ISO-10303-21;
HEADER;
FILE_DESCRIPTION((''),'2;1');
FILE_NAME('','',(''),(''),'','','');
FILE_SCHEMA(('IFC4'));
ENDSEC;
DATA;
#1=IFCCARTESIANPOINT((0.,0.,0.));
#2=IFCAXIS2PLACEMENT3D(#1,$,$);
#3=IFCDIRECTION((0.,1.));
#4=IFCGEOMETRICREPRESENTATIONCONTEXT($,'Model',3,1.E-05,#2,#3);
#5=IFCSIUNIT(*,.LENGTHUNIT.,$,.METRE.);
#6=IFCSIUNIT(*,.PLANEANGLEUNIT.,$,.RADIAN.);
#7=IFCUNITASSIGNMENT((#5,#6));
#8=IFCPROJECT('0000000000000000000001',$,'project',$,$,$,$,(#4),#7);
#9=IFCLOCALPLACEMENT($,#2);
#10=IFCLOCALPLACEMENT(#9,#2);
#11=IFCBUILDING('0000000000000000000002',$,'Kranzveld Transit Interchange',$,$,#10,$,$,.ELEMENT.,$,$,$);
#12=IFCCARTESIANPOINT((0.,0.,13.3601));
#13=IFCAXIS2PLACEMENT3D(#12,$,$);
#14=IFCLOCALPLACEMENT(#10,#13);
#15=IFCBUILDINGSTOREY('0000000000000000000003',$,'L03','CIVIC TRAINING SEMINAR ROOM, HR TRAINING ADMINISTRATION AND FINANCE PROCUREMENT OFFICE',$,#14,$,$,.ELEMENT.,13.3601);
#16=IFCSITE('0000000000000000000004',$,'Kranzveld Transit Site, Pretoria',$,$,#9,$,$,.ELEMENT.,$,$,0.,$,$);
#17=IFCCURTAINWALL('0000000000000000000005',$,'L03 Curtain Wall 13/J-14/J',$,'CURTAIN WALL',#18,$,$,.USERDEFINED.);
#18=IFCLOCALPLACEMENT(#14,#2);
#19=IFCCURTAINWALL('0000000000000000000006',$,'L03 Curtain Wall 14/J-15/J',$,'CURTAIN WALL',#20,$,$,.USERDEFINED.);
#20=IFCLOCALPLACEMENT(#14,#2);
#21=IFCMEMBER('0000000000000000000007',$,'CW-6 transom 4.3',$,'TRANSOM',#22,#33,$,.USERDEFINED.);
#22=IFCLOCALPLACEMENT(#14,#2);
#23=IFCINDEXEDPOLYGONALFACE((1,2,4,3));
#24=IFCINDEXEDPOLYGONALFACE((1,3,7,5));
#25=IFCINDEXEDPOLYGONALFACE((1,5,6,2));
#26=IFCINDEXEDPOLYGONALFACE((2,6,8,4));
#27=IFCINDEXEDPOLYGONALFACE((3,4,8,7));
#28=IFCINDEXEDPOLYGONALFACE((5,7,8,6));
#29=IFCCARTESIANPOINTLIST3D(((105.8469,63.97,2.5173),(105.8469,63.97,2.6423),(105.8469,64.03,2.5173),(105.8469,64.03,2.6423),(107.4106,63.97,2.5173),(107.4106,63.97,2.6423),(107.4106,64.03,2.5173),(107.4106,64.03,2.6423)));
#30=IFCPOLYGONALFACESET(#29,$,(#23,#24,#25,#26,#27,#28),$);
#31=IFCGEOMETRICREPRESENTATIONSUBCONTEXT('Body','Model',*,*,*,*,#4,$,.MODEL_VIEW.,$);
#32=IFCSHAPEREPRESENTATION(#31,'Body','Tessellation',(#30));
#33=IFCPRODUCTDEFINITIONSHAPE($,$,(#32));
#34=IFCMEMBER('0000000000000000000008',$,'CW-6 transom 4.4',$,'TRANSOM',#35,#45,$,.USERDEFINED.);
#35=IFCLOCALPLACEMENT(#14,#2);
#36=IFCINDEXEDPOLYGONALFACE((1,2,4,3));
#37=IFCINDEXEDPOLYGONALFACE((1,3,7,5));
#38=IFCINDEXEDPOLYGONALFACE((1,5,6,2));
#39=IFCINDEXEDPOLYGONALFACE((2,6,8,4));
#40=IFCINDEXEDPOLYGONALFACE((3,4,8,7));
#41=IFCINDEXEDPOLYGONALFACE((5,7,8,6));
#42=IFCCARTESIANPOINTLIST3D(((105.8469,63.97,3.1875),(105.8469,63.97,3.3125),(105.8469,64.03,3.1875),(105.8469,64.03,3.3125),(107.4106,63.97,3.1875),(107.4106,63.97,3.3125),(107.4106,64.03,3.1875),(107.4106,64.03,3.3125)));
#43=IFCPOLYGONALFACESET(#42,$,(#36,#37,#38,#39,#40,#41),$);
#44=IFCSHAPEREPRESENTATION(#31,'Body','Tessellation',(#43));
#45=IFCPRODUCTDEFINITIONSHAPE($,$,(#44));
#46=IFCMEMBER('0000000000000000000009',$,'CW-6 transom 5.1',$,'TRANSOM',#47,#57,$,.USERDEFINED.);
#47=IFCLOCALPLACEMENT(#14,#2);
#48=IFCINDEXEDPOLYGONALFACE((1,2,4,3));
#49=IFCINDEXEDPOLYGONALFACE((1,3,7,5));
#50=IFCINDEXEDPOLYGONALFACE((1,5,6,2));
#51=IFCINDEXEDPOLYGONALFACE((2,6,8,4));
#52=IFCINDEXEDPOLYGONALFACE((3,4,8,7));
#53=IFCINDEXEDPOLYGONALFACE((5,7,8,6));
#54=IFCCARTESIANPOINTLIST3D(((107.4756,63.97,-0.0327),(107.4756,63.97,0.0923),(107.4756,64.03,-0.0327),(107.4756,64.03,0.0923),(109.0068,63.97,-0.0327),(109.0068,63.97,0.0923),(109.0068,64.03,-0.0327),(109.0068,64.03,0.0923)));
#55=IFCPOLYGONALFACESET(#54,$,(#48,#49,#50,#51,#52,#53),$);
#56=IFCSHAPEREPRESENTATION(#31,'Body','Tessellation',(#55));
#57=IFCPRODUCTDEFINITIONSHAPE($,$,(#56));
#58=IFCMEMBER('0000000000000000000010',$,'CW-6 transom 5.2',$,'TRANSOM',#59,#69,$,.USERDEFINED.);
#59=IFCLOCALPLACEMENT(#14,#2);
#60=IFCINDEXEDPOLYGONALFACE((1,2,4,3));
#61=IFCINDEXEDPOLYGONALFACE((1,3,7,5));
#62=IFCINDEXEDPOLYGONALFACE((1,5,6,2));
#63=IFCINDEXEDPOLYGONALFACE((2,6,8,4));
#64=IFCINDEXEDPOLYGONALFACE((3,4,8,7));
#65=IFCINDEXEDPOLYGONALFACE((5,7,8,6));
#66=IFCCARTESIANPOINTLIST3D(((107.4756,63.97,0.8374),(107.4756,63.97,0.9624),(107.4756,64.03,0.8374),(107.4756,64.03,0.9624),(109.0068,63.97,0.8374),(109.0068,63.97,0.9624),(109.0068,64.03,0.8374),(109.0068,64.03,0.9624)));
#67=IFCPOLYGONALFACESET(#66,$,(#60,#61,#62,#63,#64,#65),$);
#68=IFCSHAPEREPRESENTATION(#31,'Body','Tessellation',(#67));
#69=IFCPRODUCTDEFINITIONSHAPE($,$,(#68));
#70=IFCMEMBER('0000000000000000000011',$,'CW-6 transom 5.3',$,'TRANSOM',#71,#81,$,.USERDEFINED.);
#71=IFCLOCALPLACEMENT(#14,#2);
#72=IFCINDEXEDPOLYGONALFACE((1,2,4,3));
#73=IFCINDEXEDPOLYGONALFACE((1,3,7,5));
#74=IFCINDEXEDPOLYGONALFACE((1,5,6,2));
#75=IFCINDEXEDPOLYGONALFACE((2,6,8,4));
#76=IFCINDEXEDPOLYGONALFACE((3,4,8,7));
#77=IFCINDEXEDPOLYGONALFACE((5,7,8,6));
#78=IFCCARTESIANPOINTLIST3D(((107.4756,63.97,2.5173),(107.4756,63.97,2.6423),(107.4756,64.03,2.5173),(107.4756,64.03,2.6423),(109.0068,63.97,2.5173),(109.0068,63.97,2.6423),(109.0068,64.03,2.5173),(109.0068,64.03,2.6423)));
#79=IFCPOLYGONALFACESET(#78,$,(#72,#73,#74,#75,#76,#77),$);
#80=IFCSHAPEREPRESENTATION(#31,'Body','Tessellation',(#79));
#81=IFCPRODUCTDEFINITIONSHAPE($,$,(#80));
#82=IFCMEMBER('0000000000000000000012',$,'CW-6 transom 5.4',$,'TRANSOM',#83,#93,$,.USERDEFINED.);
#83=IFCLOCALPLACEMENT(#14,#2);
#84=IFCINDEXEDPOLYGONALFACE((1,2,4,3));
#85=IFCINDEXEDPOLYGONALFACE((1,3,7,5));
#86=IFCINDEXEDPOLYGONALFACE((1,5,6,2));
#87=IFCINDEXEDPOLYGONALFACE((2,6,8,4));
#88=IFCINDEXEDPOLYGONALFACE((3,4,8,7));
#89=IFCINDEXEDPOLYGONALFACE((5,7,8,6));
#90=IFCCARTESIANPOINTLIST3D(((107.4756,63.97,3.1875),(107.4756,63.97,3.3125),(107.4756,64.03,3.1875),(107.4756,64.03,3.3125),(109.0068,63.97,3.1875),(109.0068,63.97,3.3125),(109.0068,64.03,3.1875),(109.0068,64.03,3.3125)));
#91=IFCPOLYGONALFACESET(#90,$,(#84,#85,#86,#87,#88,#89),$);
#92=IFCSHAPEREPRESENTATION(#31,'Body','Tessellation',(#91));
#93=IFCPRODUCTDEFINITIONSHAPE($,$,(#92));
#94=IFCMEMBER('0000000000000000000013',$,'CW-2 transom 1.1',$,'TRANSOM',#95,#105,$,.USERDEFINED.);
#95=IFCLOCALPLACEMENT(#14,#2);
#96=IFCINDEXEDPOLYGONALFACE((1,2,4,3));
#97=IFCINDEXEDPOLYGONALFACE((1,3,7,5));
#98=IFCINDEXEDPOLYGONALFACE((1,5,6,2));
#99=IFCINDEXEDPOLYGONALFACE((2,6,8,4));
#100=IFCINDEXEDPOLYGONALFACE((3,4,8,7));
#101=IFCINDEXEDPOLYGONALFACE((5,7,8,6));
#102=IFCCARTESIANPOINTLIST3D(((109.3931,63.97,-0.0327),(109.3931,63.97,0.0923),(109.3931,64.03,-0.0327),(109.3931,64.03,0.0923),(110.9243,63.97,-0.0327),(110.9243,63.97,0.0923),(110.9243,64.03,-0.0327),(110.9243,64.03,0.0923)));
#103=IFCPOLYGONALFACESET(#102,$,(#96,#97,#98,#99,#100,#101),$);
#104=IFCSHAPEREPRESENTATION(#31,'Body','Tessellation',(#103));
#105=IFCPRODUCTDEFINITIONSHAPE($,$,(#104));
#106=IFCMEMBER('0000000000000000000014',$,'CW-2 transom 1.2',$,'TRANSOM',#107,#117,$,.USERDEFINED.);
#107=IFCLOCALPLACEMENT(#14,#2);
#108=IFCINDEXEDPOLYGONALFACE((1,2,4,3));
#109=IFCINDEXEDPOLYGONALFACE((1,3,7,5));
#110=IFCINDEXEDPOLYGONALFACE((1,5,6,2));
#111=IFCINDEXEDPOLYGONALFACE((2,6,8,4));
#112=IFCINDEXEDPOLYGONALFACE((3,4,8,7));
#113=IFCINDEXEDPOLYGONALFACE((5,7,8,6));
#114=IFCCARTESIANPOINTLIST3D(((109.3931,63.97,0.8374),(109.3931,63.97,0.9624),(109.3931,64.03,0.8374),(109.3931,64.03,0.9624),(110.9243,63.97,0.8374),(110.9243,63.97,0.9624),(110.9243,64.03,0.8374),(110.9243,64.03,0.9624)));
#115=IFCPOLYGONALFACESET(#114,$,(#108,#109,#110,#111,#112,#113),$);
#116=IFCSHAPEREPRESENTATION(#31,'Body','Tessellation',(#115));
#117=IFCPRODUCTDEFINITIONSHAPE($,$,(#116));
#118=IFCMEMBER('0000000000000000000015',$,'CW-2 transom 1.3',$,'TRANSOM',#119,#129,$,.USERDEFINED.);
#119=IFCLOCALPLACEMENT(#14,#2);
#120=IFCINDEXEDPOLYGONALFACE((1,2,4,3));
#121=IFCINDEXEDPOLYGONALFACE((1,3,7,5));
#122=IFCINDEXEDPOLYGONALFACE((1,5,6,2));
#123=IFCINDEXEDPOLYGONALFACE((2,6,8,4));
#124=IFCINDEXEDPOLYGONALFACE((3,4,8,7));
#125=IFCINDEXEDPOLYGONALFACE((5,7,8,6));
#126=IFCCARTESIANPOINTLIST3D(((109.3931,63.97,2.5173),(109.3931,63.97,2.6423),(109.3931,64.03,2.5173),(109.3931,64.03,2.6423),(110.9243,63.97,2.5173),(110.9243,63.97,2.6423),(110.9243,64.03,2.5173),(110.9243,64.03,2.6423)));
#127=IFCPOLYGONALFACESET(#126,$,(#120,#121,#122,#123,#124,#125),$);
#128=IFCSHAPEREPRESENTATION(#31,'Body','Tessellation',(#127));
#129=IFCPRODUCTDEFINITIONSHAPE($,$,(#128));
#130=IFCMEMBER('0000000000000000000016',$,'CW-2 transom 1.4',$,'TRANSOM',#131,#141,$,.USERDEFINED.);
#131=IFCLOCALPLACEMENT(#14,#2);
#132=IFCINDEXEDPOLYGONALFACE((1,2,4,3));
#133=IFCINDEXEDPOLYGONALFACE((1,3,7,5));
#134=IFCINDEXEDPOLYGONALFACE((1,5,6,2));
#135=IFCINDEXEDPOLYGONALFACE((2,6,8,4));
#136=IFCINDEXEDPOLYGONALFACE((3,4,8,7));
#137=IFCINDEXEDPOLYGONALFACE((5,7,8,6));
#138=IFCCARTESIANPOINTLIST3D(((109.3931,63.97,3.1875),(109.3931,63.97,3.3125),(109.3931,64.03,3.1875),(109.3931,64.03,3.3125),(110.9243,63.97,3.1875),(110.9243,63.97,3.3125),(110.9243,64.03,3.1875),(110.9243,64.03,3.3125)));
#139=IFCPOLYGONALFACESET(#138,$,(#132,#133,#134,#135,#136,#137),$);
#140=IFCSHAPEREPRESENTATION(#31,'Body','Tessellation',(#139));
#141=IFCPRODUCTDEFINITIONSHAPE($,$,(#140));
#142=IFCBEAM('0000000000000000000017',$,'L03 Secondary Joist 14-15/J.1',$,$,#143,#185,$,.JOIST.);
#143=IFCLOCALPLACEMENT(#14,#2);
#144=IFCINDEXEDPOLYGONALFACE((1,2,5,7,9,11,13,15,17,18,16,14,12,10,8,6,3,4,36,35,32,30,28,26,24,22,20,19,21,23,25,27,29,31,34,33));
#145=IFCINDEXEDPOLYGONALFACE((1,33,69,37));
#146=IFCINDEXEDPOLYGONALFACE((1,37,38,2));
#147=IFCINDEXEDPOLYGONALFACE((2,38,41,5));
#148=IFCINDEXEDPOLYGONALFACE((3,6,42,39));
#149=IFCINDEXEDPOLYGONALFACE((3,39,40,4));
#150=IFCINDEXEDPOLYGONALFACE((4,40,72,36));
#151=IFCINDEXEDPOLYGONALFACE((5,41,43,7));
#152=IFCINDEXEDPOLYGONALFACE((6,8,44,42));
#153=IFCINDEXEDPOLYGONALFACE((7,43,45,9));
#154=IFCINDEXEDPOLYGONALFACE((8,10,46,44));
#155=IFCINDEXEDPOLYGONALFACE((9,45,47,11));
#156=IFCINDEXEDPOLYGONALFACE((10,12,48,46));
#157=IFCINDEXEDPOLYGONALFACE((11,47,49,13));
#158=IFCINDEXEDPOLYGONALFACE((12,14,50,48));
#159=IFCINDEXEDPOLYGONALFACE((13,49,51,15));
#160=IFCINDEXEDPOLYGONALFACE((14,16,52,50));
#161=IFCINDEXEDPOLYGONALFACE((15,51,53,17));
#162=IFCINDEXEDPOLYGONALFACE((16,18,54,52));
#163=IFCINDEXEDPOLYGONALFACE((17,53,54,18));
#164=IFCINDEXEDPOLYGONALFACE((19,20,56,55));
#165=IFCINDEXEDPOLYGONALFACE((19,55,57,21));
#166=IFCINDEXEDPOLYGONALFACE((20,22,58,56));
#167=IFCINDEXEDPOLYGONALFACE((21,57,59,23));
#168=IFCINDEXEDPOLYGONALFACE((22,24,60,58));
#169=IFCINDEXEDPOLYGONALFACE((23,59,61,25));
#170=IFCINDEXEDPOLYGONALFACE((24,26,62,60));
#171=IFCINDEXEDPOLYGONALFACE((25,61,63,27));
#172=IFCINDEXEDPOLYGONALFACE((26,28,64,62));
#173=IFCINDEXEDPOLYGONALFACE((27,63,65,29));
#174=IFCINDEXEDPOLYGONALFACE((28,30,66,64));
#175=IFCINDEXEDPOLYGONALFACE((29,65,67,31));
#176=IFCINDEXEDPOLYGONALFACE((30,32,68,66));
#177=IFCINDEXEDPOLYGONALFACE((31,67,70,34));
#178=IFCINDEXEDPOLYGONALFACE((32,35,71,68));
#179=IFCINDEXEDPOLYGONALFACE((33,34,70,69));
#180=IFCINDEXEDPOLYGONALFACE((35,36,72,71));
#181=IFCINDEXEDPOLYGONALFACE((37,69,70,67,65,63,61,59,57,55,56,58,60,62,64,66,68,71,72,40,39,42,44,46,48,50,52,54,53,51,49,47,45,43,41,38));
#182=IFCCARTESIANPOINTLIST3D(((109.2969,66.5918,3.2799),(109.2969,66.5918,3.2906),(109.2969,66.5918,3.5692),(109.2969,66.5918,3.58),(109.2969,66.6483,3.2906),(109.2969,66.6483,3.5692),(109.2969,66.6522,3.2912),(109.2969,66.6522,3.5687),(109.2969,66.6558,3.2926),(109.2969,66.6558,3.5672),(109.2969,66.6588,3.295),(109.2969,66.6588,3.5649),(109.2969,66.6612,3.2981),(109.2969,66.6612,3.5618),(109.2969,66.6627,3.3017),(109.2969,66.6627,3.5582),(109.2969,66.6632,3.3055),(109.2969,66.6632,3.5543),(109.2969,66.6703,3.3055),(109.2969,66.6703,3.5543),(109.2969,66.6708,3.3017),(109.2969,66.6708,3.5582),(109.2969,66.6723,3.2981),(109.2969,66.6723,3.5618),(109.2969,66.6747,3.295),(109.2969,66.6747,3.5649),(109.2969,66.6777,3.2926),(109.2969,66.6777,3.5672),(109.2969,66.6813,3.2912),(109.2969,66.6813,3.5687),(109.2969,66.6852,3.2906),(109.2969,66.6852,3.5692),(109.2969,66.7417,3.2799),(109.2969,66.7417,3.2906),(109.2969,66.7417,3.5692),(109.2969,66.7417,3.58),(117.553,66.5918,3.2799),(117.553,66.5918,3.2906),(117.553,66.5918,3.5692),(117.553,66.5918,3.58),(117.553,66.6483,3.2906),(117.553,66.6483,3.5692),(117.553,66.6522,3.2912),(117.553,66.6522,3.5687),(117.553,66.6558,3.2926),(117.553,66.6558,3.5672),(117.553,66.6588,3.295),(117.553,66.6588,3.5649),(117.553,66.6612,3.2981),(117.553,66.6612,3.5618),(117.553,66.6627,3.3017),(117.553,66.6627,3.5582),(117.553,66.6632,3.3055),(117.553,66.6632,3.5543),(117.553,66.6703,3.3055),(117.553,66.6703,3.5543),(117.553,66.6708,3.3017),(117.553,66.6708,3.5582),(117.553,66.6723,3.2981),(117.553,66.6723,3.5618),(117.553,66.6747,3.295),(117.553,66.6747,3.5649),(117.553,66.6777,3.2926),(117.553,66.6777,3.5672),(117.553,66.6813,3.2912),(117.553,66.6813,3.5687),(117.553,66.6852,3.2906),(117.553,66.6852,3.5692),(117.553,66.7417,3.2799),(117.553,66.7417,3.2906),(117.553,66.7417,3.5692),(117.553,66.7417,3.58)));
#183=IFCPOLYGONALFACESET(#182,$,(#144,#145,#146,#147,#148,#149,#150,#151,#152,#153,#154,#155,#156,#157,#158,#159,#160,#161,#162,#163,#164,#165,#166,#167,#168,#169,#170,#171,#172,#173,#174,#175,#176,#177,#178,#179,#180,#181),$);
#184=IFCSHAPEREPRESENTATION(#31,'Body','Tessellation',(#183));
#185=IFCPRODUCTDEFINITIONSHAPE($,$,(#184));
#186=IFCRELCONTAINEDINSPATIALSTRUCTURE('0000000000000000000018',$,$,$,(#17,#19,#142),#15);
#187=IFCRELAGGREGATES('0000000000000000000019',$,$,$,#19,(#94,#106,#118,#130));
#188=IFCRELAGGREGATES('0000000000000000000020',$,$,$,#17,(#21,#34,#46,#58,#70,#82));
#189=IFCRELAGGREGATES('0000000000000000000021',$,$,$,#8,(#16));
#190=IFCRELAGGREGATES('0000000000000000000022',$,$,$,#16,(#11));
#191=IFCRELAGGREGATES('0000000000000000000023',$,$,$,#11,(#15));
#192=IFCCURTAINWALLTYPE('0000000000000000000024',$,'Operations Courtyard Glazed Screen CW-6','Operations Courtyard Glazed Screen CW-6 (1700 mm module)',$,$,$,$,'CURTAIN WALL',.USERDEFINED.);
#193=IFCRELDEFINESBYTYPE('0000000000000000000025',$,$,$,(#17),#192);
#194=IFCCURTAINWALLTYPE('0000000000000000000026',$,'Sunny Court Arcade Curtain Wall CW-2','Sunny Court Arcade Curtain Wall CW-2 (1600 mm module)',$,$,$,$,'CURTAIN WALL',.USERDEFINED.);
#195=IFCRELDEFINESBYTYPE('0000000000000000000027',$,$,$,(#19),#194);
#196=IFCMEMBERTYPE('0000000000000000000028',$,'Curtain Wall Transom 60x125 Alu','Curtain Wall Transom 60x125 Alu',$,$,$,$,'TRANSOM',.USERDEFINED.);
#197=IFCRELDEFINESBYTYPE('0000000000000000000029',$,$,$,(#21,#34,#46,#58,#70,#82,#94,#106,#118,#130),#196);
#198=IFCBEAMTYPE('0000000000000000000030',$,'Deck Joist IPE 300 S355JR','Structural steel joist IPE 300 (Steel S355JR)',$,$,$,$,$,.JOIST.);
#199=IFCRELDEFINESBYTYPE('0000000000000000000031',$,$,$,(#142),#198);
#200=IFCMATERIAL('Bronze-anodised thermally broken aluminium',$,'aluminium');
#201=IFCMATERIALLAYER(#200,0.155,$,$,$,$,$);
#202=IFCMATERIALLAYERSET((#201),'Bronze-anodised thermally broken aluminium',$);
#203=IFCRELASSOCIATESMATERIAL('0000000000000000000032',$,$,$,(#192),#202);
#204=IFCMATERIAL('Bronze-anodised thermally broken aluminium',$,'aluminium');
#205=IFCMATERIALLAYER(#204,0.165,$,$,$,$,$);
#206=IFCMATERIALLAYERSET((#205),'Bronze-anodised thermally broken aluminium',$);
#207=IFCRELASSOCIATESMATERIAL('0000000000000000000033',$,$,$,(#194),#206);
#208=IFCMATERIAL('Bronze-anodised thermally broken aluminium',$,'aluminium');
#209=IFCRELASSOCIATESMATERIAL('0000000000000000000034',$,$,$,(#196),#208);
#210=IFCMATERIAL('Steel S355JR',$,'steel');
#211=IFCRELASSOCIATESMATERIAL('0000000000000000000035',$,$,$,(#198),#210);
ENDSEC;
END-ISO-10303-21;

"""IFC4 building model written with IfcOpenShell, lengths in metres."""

from ifc_helpers import new_model, si_unit, direction, frame, origin, origin_2d, place, context, subcontext, project, spatial, rectangle, i_section, extrude, material, layer, layer_set, material_profile, profile_set, type_object, element, aggregate, save


model = new_model("IFC4")

# Units and contexts
model_context = context("Model", 3, precision=1e-05, world=origin(), true_north=direction((0.0, 1.0)))
body_context = subcontext(model_context, "Body", "Model", "MODEL_VIEW")
ifc_project = project(units=[si_unit("LENGTHUNIT", "METRE"), si_unit("PLANEANGLEUNIT", "RADIAN")], contexts=[model_context])

# Site, building, storey
site_placement = place(None, origin())
site = spatial("IfcSite", under=ifc_project, at=site_placement, Name="Kranzveld Transit Site, Pretoria", CompositionType="ELEMENT", RefElevation=0.0)
building_placement = place(site_placement, origin())
building = spatial("IfcBuilding", under=site, at=building_placement, Name="Kranzveld Transit Interchange", CompositionType="ELEMENT")
storey_placement = place(building_placement, frame((0.0, 0.0, 13.3601)))
storey = spatial("IfcBuildingStorey", under=building, at=storey_placement, Name="L03", Description="CIVIC TRAINING SEMINAR ROOM, HR TRAINING ADMINISTRATION AND FINANCE PROCUREMENT OFFICE", CompositionType="ELEMENT", Elevation=13.3601)

# Curtain wall
ifc_material_1 = material(Name="Bronze-anodised thermally broken aluminium", Category="aluminium")
ifc_layer_1 = layer(ifc_material_1, 0.155)
ifc_layer_set_1 = layer_set([ifc_layer_1], Name="Bronze-anodised thermally broken aluminium")
curtain_wall_type_1 = type_object("IfcCurtainWallType", Name="Operations Courtyard Glazed Screen CW-6", Description="Operations Courtyard Glazed Screen CW-6 (1700 mm module)", ElementType="CURTAIN WALL", PredefinedType="USERDEFINED", material=ifc_layer_set_1)
curtain_wall_1_placement = place(storey_placement, origin())
curtain_wall_1 = element("IfcCurtainWall", 1, at=curtain_wall_1_placement, inside=storey, type_object=curtain_wall_type_1, Name="L03 Curtain Wall 13/J-14/J", ObjectType="CURTAIN WALL", PredefinedType="USERDEFINED")

# Curtain wall
ifc_material_2 = material(Name="Bronze-anodised thermally broken aluminium", Category="aluminium")
ifc_layer_2 = layer(ifc_material_2, 0.165)
ifc_layer_set_2 = layer_set([ifc_layer_2], Name="Bronze-anodised thermally broken aluminium")
curtain_wall_type_2 = type_object("IfcCurtainWallType", Name="Sunny Court Arcade Curtain Wall CW-2", Description="Sunny Court Arcade Curtain Wall CW-2 (1600 mm module)", ElementType="CURTAIN WALL", PredefinedType="USERDEFINED", material=ifc_layer_set_2)
curtain_wall_2_placement = place(storey_placement, origin())
curtain_wall_2 = element("IfcCurtainWall", 2, at=curtain_wall_2_placement, inside=storey, type_object=curtain_wall_type_2, Name="L03 Curtain Wall 14/J-15/J", ObjectType="CURTAIN WALL", PredefinedType="USERDEFINED")

# Members
ifc_material_3 = material(Name="Bronze-anodised thermally broken aluminium", Category="aluminium")
ifc_material_profile_1 = material_profile(ifc_material_3, rectangle(XDim=0.0601, YDim=0.125, at=origin_2d()), Name="ALU TRANSOM 60x125")
ifc_profile_set_1 = profile_set([ifc_material_profile_1], Name="Bronze-anodised thermally broken aluminium")
member_type_1 = type_object("IfcMemberType", Name="Curtain Wall Transom 60x125 Alu", Description="Curtain Wall Transom 60x125 Alu", ElementType="TRANSOM", PredefinedType="USERDEFINED", material=ifc_profile_set_1)
member_1_placement = place(storey_placement, frame((105.8469, 64.0, 2.5798), z_axis=(1.0, 0.0, 0.0), x_axis=(0.0, 1.0, 0.0)))
member_1 = element("IfcMember", 3, at=member_1_placement, type_object=member_type_1, Name="CW-6 transom 4.3", ObjectType="TRANSOM", PredefinedType="USERDEFINED", context=body_context, shape_type="SweptSolid", body=[
    extrude(rectangle(XDim=0.0601, YDim=0.125, at=origin_2d()), origin(), (0.0, 0.0, 1.0), 1.5637),
])
member_2_placement = place(storey_placement, frame((105.8469, 64.0, 3.25), z_axis=(1.0, 0.0, 0.0), x_axis=(0.0, 1.0, 0.0)))
member_2 = element("IfcMember", 4, at=member_2_placement, type_object=member_type_1, Name="CW-6 transom 4.4", ObjectType="TRANSOM", PredefinedType="USERDEFINED", context=body_context, shape_type="SweptSolid", body=[
    extrude(rectangle(XDim=0.0601, YDim=0.125, at=origin_2d()), origin(), (0.0, 0.0, 1.0), 1.5637),
])
member_3_placement = place(storey_placement, frame((107.4756, 64.0, 0.0298), z_axis=(1.0, 0.0, 0.0), x_axis=(0.0, 1.0, 0.0)))
member_3 = element("IfcMember", 5, at=member_3_placement, type_object=member_type_1, Name="CW-6 transom 5.1", ObjectType="TRANSOM", PredefinedType="USERDEFINED", context=body_context, shape_type="SweptSolid", body=[
    extrude(rectangle(XDim=0.0601, YDim=0.125, at=origin_2d()), origin(), (0.0, 0.0, 1.0), 1.5312),
])
member_4_placement = place(storey_placement, frame((107.4756, 64.0, 0.8999), z_axis=(1.0, 0.0, 0.0), x_axis=(0.0, 1.0, 0.0)))
member_4 = element("IfcMember", 6, at=member_4_placement, type_object=member_type_1, Name="CW-6 transom 5.2", ObjectType="TRANSOM", PredefinedType="USERDEFINED", context=body_context, shape_type="SweptSolid", body=[
    extrude(rectangle(XDim=0.0601, YDim=0.125, at=origin_2d()), origin(), (0.0, 0.0, 1.0), 1.5312),
])
member_5_placement = place(storey_placement, frame((107.4756, 64.0, 2.5798), z_axis=(1.0, 0.0, 0.0), x_axis=(0.0, 1.0, 0.0)))
member_5 = element("IfcMember", 7, at=member_5_placement, type_object=member_type_1, Name="CW-6 transom 5.3", ObjectType="TRANSOM", PredefinedType="USERDEFINED", context=body_context, shape_type="SweptSolid", body=[
    extrude(rectangle(XDim=0.0601, YDim=0.125, at=origin_2d()), origin(), (0.0, 0.0, 1.0), 1.5312),
])
member_6_placement = place(storey_placement, frame((107.4756, 64.0, 3.25), z_axis=(1.0, 0.0, 0.0), x_axis=(0.0, 1.0, 0.0)))
member_6 = element("IfcMember", 8, at=member_6_placement, type_object=member_type_1, Name="CW-6 transom 5.4", ObjectType="TRANSOM", PredefinedType="USERDEFINED", context=body_context, shape_type="SweptSolid", body=[
    extrude(rectangle(XDim=0.0601, YDim=0.125, at=origin_2d()), origin(), (0.0, 0.0, 1.0), 1.5312),
])
member_7_placement = place(storey_placement, frame((109.3931, 64.0, 0.0298), z_axis=(1.0, 0.0, 0.0), x_axis=(0.0, 1.0, 0.0)))
member_7 = element("IfcMember", 9, at=member_7_placement, type_object=member_type_1, Name="CW-2 transom 1.1", ObjectType="TRANSOM", PredefinedType="USERDEFINED", context=body_context, shape_type="SweptSolid", body=[
    extrude(rectangle(XDim=0.0601, YDim=0.125, at=origin_2d()), origin(), (0.0, 0.0, 1.0), 1.5312),
])
member_8_placement = place(storey_placement, frame((109.3931, 64.0, 0.8999), z_axis=(1.0, 0.0, 0.0), x_axis=(0.0, 1.0, 0.0)))
member_8 = element("IfcMember", 10, at=member_8_placement, type_object=member_type_1, Name="CW-2 transom 1.2", ObjectType="TRANSOM", PredefinedType="USERDEFINED", context=body_context, shape_type="SweptSolid", body=[
    extrude(rectangle(XDim=0.0601, YDim=0.125, at=origin_2d()), origin(), (0.0, 0.0, 1.0), 1.5312),
])
member_9_placement = place(storey_placement, frame((109.3931, 64.0, 2.5798), z_axis=(1.0, 0.0, 0.0), x_axis=(0.0, 1.0, 0.0)))
member_9 = element("IfcMember", 11, at=member_9_placement, type_object=member_type_1, Name="CW-2 transom 1.3", ObjectType="TRANSOM", PredefinedType="USERDEFINED", context=body_context, shape_type="SweptSolid", body=[
    extrude(rectangle(XDim=0.0601, YDim=0.125, at=origin_2d()), origin(), (0.0, 0.0, 1.0), 1.5312),
])
member_10_placement = place(storey_placement, frame((109.3931, 64.0, 3.25), z_axis=(1.0, 0.0, 0.0), x_axis=(0.0, 1.0, 0.0)))
member_10 = element("IfcMember", 12, at=member_10_placement, type_object=member_type_1, Name="CW-2 transom 1.4", ObjectType="TRANSOM", PredefinedType="USERDEFINED", context=body_context, shape_type="SweptSolid", body=[
    extrude(rectangle(XDim=0.0601, YDim=0.125, at=origin_2d()), origin(), (0.0, 0.0, 1.0), 1.5312),
])
aggregate(curtain_wall_2, [member_7, member_8, member_9, member_10])

# Beam
ifc_material_4 = material(Name="Steel S355JR", Category="steel")
ifc_material_profile_2 = material_profile(ifc_material_4, i_section(OverallWidth=0.1499, OverallDepth=0.3, WebThickness=0.0071, FlangeThickness=0.0107, FilletRadius=0.0149, at=origin_2d()), Name="IPE 300")
ifc_profile_set_2 = profile_set([ifc_material_profile_2], Name="Steel S355JR")
beam_type_1 = type_object("IfcBeamType", Name="Deck Joist IPE 300 S355JR", Description="Structural steel joist IPE 300 (Steel S355JR)", PredefinedType="JOIST", material=ifc_profile_set_2)
beam_1_placement = place(storey_placement, frame((109.2969, 66.6667, 3.4299), z_axis=(1.0, 0.0, 0.0), x_axis=(0.0, 1.0, 0.0)))
element("IfcBeam", 13, at=beam_1_placement, inside=storey, type_object=beam_type_1, Name="L03 Secondary Joist 14-15/J.1", PredefinedType="JOIST", context=body_context, shape_type="SweptSolid", body=[
    extrude(i_section(OverallWidth=0.1499, OverallDepth=0.3, WebThickness=0.0071, FlangeThickness=0.0107, FilletRadius=0.0149, at=origin_2d()), origin(), (0.0, 0.0, 1.0), 8.2561),
])

aggregate(curtain_wall_1, [member_1, member_2, member_3, member_4, member_5, member_6])

save(model, "model.ifc")
